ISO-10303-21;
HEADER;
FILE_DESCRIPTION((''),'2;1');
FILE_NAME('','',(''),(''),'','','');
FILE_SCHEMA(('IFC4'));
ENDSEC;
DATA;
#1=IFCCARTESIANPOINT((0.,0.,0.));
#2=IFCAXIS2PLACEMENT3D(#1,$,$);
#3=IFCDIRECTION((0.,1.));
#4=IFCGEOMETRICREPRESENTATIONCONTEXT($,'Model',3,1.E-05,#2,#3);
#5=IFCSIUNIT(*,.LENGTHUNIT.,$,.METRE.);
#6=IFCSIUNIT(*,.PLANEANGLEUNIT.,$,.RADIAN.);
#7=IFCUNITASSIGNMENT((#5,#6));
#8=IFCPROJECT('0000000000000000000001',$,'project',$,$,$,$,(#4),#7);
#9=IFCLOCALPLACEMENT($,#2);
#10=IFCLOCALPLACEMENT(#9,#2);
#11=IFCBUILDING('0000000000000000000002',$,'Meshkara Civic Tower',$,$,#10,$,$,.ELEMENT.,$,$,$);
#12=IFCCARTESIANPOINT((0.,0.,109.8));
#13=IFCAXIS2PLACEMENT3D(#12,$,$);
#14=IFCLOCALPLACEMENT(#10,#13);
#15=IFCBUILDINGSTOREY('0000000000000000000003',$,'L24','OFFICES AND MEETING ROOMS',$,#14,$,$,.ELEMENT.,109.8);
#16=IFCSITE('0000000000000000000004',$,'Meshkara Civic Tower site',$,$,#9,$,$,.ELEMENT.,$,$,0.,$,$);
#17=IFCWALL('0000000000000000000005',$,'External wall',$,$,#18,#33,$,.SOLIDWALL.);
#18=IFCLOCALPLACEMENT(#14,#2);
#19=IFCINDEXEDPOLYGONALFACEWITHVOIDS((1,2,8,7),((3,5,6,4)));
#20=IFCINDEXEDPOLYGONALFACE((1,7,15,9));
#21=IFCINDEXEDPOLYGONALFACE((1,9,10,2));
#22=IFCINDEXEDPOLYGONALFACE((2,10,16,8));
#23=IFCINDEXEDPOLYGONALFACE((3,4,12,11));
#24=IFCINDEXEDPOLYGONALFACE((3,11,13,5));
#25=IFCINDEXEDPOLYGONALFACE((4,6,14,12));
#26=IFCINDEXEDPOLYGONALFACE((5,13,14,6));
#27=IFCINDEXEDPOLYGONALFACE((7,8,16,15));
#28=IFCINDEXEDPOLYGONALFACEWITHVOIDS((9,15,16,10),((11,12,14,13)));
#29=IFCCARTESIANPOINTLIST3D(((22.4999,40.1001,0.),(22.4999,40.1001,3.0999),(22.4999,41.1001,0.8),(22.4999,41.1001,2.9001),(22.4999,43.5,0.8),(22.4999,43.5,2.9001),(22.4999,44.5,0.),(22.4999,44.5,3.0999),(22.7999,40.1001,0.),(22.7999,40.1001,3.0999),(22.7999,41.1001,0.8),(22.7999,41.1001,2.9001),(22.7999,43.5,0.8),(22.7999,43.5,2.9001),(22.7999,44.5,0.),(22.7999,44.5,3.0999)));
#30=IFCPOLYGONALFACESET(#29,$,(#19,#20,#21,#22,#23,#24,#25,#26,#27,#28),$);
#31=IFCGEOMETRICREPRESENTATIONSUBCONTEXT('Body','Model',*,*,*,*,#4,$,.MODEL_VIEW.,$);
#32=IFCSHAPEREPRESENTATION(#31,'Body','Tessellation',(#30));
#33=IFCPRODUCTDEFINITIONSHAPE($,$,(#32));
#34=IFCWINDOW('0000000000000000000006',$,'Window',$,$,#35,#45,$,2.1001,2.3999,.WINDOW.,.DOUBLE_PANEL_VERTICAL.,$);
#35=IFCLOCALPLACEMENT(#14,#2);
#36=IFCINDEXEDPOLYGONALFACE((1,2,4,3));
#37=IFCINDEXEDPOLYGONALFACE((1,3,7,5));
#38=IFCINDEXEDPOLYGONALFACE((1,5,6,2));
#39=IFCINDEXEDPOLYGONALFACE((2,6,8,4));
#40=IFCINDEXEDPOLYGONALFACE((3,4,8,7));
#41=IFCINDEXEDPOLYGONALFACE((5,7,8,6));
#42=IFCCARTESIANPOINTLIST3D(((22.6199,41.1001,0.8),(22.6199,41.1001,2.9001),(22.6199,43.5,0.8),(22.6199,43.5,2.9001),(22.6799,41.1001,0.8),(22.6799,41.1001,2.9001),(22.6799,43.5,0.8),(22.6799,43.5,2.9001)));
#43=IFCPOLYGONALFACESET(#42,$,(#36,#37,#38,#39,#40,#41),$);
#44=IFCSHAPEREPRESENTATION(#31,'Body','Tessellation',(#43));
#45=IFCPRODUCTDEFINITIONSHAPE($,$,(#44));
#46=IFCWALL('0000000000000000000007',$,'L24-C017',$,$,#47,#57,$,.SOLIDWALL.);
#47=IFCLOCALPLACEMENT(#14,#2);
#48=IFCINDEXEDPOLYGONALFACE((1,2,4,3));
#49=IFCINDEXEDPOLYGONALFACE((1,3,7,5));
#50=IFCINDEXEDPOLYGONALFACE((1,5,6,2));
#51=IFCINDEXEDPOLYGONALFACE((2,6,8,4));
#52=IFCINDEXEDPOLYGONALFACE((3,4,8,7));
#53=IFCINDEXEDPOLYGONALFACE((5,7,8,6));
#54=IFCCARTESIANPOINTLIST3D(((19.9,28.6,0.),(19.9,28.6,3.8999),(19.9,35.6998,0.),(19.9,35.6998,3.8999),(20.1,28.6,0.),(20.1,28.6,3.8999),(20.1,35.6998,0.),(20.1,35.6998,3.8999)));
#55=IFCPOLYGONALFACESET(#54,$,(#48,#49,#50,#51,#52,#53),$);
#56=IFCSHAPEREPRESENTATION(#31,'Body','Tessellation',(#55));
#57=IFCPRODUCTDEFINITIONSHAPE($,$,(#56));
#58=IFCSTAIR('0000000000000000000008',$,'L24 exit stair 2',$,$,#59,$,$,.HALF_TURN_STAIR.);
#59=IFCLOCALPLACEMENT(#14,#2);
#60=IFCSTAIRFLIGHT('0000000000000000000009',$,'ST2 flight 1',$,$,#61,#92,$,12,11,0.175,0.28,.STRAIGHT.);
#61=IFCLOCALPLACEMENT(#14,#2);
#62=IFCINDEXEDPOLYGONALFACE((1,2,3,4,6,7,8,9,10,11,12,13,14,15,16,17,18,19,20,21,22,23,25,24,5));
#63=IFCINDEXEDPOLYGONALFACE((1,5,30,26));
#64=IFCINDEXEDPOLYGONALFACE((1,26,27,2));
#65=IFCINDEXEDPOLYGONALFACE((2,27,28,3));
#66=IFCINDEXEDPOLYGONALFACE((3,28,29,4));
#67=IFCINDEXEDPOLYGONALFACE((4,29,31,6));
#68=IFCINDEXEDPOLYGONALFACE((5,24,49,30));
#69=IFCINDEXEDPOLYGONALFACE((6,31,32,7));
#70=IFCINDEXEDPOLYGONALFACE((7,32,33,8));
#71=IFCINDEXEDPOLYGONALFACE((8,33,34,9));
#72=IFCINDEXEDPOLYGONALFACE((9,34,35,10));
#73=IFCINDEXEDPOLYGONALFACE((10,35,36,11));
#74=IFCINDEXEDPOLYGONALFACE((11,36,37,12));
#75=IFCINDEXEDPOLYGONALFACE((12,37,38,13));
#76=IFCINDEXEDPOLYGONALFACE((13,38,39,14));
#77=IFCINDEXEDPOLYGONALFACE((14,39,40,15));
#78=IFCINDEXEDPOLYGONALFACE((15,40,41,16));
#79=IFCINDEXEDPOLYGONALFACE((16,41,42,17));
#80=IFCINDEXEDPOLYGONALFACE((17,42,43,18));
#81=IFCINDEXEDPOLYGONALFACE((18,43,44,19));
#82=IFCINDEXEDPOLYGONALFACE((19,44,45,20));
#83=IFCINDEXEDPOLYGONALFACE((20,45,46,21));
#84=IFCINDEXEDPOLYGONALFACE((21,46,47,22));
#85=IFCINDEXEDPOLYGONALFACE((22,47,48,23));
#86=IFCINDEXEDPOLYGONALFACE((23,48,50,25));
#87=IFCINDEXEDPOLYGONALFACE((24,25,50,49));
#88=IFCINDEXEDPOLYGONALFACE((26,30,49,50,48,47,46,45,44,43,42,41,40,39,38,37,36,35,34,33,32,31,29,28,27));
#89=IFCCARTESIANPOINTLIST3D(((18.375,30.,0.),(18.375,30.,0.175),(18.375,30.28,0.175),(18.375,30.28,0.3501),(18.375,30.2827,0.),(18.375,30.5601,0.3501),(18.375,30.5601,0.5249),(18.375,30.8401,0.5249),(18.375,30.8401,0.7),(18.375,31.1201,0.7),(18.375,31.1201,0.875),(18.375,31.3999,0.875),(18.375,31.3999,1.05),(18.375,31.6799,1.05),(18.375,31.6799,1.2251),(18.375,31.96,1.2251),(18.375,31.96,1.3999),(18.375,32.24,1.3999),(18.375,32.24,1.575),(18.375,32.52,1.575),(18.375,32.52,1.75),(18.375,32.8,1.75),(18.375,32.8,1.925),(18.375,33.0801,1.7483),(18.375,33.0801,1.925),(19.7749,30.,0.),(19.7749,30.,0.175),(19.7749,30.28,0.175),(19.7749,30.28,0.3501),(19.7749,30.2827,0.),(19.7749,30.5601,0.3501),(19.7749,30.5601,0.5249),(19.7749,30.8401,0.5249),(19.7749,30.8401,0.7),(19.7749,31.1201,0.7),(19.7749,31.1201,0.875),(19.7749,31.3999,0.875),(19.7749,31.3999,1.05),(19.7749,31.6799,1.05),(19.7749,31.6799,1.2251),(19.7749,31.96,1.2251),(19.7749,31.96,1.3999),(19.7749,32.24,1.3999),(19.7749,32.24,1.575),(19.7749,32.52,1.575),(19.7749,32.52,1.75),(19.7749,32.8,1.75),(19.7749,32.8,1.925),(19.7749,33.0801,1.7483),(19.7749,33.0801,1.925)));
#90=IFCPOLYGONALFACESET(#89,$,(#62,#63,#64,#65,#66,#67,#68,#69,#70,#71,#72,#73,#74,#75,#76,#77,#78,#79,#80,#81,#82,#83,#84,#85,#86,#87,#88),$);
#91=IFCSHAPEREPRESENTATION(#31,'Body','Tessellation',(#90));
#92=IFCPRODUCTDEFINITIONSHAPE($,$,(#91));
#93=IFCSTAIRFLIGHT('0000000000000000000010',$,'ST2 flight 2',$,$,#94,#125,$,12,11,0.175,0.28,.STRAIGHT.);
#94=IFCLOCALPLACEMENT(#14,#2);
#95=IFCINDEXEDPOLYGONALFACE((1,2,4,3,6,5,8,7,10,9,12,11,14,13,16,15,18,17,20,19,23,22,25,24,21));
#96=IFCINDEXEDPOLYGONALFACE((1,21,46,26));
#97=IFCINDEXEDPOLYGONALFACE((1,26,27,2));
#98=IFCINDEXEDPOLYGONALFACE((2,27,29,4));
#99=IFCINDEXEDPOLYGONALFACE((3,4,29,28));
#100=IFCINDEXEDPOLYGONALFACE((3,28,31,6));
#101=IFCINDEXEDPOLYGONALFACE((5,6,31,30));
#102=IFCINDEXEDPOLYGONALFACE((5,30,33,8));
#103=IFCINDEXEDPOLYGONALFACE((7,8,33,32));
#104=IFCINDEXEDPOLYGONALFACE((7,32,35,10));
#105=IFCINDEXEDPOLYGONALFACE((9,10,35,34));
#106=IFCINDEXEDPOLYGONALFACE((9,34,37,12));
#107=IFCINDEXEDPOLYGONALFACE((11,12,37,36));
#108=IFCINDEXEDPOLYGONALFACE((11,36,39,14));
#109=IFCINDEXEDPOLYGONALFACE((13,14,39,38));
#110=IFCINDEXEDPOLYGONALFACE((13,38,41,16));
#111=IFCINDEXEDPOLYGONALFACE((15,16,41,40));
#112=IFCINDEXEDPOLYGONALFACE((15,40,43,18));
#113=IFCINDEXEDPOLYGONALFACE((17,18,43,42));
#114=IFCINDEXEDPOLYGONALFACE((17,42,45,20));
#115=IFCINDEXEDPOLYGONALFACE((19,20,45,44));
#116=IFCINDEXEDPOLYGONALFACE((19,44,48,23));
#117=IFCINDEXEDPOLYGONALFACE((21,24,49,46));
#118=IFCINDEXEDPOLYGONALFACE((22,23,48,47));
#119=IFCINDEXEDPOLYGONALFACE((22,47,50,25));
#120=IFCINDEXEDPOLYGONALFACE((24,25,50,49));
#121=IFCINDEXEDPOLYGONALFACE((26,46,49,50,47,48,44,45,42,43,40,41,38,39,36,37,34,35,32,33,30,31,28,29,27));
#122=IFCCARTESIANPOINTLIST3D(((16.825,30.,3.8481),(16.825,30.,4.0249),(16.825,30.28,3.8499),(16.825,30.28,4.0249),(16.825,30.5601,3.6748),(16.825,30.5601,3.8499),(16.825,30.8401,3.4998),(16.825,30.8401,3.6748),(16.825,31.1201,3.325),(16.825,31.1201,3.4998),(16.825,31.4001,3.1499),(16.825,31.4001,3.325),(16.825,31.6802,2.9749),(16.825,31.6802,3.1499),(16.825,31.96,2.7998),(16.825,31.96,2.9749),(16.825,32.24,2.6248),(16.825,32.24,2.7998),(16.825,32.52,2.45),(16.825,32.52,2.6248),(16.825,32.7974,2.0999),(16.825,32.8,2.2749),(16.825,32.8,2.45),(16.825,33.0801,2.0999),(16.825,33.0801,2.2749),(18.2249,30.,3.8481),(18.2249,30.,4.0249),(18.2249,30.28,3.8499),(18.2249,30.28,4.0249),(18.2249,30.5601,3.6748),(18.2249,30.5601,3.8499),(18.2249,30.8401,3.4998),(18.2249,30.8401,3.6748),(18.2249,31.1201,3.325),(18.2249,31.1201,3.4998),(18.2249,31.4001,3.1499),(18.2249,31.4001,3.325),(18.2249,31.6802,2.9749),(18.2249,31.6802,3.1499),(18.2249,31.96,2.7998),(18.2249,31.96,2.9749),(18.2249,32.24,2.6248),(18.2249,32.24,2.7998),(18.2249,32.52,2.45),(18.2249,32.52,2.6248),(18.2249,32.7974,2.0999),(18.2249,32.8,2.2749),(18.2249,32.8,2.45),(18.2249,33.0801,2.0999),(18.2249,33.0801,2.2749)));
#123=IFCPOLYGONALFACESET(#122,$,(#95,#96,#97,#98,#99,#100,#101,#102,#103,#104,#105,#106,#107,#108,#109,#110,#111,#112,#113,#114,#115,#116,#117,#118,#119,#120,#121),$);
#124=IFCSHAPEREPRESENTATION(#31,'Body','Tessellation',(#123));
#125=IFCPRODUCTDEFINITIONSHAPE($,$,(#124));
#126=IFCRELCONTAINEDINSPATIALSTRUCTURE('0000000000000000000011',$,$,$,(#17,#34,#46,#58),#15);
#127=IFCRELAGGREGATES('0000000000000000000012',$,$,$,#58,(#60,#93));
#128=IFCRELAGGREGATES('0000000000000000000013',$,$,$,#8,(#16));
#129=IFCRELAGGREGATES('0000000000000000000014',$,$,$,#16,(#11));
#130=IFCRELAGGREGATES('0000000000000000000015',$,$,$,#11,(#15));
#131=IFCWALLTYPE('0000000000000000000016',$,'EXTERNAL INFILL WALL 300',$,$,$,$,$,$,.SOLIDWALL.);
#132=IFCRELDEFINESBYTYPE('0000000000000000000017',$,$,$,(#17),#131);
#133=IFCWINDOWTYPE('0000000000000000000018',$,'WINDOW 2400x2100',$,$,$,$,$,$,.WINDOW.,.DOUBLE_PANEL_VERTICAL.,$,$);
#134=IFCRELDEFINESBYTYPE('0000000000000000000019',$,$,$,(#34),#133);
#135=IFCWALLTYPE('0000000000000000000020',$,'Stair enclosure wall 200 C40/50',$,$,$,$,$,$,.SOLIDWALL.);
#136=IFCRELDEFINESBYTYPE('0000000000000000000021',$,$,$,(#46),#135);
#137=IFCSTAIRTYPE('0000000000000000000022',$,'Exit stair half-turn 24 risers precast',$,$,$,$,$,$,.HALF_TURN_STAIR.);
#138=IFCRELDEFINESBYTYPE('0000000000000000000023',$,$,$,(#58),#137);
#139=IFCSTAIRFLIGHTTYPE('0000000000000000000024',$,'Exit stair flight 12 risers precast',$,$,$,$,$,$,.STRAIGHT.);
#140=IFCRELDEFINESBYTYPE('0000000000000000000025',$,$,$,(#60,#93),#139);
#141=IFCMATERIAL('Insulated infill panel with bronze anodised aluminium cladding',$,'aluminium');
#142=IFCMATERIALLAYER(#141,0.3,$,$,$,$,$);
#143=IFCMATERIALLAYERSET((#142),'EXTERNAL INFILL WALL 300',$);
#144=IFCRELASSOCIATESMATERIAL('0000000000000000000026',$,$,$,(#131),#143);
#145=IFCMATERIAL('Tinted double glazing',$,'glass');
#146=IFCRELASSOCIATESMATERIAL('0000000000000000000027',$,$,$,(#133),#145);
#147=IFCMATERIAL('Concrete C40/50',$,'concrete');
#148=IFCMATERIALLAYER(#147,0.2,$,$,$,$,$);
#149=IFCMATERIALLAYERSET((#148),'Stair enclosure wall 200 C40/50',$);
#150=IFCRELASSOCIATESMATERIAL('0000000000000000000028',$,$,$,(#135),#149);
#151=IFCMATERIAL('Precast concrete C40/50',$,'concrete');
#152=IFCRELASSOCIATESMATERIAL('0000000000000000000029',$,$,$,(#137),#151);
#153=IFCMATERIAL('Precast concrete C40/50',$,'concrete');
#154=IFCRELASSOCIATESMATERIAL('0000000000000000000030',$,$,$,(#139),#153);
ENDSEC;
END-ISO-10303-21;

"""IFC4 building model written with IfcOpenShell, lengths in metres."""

from ifc_helpers import new_model, si_unit, direction, frame, frame_2d, origin, place, context, subcontext, project, spatial, polyline, rectangle, outline, extrude, material, layer, layer_set, type_object, element, fill, aggregate, save


model = new_model("IFC4")

# Units and contexts
model_context = context("Model", 3, precision=1e-05, world=origin(), true_north=direction((0.0, 1.0)))
body_context = subcontext(model_context, "Body", "Model", "MODEL_VIEW")
ifc_project = project(units=[si_unit("LENGTHUNIT", "METRE"), si_unit("PLANEANGLEUNIT", "RADIAN")], contexts=[model_context])

# Site, building, storey
site_placement = place(None, origin())
site = spatial("IfcSite", under=ifc_project, at=site_placement, Name="Meshkara Civic Tower site", CompositionType="ELEMENT", RefElevation=0.0)
building_placement = place(site_placement, origin())
building = spatial("IfcBuilding", under=site, at=building_placement, Name="Meshkara Civic Tower", CompositionType="ELEMENT")
storey_placement = place(building_placement, frame((0.0, 0.0, 109.8)))
storey = spatial("IfcBuildingStorey", under=building, at=storey_placement, Name="L24", Description="OFFICES AND MEETING ROOMS", CompositionType="ELEMENT", Elevation=109.8)

# Wall, opening, window
ifc_material_1 = material(Name="Insulated infill panel with bronze anodised aluminium cladding", Category="aluminium")
ifc_layer_1 = layer(ifc_material_1, 0.3)
ifc_layer_set_1 = layer_set([ifc_layer_1], Name="EXTERNAL INFILL WALL 300")
wall_type_1 = type_object("IfcWallType", Name="EXTERNAL INFILL WALL 300", PredefinedType="SOLIDWALL", material=ifc_layer_set_1)
ifc_material_2 = material(Name="Tinted double glazing", Category="glass")
window_type_1 = type_object("IfcWindowType", Name="WINDOW 2400x2100", PartitioningType="DOUBLE_PANEL_VERTICAL", PredefinedType="WINDOW", material=ifc_material_2)
wall_1_placement = place(storey_placement, frame((22.6499, 40.1001, 0.0), z_axis=(0.0, 0.0, 1.0), x_axis=(0.0, 1.0, 0.0)))
wall_1 = element("IfcWall", 1, at=wall_1_placement, inside=storey, type_object=wall_type_1, Name="External wall", PredefinedType="SOLIDWALL", context=body_context, shape_type="SweptSolid", body=[
    extrude(rectangle(XDim=4.3999, YDim=0.3, at=frame_2d((2.2, 0.0))), origin(), (0.0, 0.0, 1.0), 3.0999),
])
opening_1_placement = place(wall_1_placement, frame((1.0, 0.0, 0.8)))
opening_1 = element("IfcOpeningElement", 2, at=opening_1_placement, cuts=wall_1, PredefinedType="OPENING", context=body_context, shape_type="SweptSolid", body=[
    extrude(rectangle(XDim=2.3999, YDim=2.1001, at=frame_2d((1.2, 1.05))), frame((0.0, 0.1599, 0.0), z_axis=(0.0, -1.0, 0.0), x_axis=(1.0, 0.0, 0.0)), (0.0, 0.0, 1.0), 0.3201),
])
window_1_placement = place(opening_1_placement, origin())
window_1 = element("IfcWindow", 3, at=window_1_placement, inside=storey, type_object=window_type_1, Name="Window", OverallHeight=2.1001, OverallWidth=2.3999, PartitioningType="DOUBLE_PANEL_VERTICAL", PredefinedType="WINDOW", context=body_context, shape_type="SweptSolid", body=[
    extrude(rectangle(XDim=2.3999, YDim=2.1001, at=frame_2d((1.2, 1.05))), frame((0.0, 0.03, 0.0), z_axis=(0.0, -1.0, 0.0), x_axis=(1.0, 0.0, 0.0)), (0.0, 0.0, 1.0), 0.0601),
])
fill(opening_1, window_1)

# Wall
ifc_material_3 = material(Name="Concrete C40/50", Category="concrete")
ifc_layer_2 = layer(ifc_material_3, 0.2)
ifc_layer_set_2 = layer_set([ifc_layer_2], Name="Stair enclosure wall 200 C40/50")
wall_type_2 = type_object("IfcWallType", Name="Stair enclosure wall 200 C40/50", PredefinedType="SOLIDWALL", material=ifc_layer_set_2)
wall_2_placement = place(storey_placement, frame((20.0, 28.6001, 0.0), z_axis=(0.0, 0.0, 1.0), x_axis=(0.0, 1.0, 0.0)))
element("IfcWall", 4, at=wall_2_placement, inside=storey, type_object=wall_type_2, Name="L24-C017", PredefinedType="SOLIDWALL", context=body_context, shape_type="SweptSolid", body=[
    extrude(rectangle(XDim=7.0999, YDim=0.2, at=frame_2d((3.5498, 0.0))), origin(), (0.0, 0.0, 1.0), 3.8999),
])

# Stair, stair flights
ifc_material_4 = material(Name="Precast concrete C40/50", Category="concrete")
stair_type = type_object("IfcStairType", Name="Exit stair half-turn 24 risers precast", PredefinedType="HALF_TURN_STAIR", material=ifc_material_4)
stair_placement = place(storey_placement, origin())
stair = element("IfcStair", 5, at=stair_placement, inside=storey, type_object=stair_type, Name="L24 exit stair 2", PredefinedType="HALF_TURN_STAIR")
ifc_material_5 = material(Name="Precast concrete C40/50", Category="concrete")
stair_flight_type = type_object("IfcStairFlightType", Name="Exit stair flight 12 risers precast", PredefinedType="STRAIGHT", material=ifc_material_5)
stair_flight_1_placement = place(storey_placement, frame((19.075, 30.0, 0.0), z_axis=(0.0, 0.0, 1.0), x_axis=(0.0, 1.0, 0.0)))
stair_flight_1 = element("IfcStairFlight", 6, at=stair_flight_1_placement, type_object=stair_flight_type, Name="ST2 flight 1", NumberOfRisers=12, NumberOfTreads=11, PredefinedType="STRAIGHT", RiserHeight=0.175, TreadLength=0.28, context=body_context, shape_type="SweptSolid", body=[
    extrude(outline(polyline([(0.0, 0.0), (0.0, 0.175), (0.28, 0.175), (0.28, 0.3501), (0.5601, 0.3501), (0.5601, 0.5249), (0.8401, 0.5249), (0.8401, 0.7), (1.1201, 0.7), (1.1201, 0.875), (1.3999, 0.875), (1.3999, 1.05), (1.6799, 1.05), (1.6799, 1.2251), (1.96, 1.2251), (1.96, 1.3999), (2.24, 1.3999), (2.24, 1.575), (2.52, 1.575), (2.52, 1.75), (2.8, 1.75), (2.8, 1.925), (3.0801, 1.925), (3.0801, 2.1001), (3.0801, 1.7483), (0.2827, 0.0), (0.0, 0.0)])), frame((0.0, 0.7, 0.0), z_axis=(0.0, -1.0, 0.0), x_axis=(1.0, 0.0, 0.0)), (0.0, 0.0, 1.0), 1.3999),
])
stair_flight_2_placement = place(storey_placement, frame((17.5249, 33.0801, 2.0999), z_axis=(0.0, 0.0, 1.0), x_axis=(0.0, -1.0, 0.0)))
stair_flight_2 = element("IfcStairFlight", 7, at=stair_flight_2_placement, type_object=stair_flight_type, Name="ST2 flight 2", NumberOfRisers=12, NumberOfTreads=11, PredefinedType="STRAIGHT", RiserHeight=0.175, TreadLength=0.28, context=body_context, shape_type="SweptSolid", body=[
    extrude(outline(polyline([(0.0, 0.0), (0.0, 0.175), (0.28, 0.175), (0.28, 0.3501), (0.5601, 0.3501), (0.5601, 0.5249), (0.8401, 0.5249), (0.8401, 0.7), (1.1201, 0.7), (1.1201, 0.875), (1.3999, 0.875), (1.3999, 1.05), (1.6799, 1.05), (1.6799, 1.2251), (1.96, 1.2251), (1.96, 1.3999), (2.24, 1.3999), (2.24, 1.575), (2.52, 1.575), (2.52, 1.75), (2.8, 1.75), (2.8, 1.925), (3.0801, 1.925), (3.0801, 2.1001), (3.0801, 1.7483), (0.2827, 0.0), (0.0, 0.0)])), frame((0.0, 0.7, 0.0), z_axis=(0.0, -1.0, 0.0), x_axis=(1.0, 0.0, 0.0)), (0.0, 0.0, 1.0), 1.3999),
])
aggregate(stair, [stair_flight_1, stair_flight_2])

save(model, "model.ifc")
